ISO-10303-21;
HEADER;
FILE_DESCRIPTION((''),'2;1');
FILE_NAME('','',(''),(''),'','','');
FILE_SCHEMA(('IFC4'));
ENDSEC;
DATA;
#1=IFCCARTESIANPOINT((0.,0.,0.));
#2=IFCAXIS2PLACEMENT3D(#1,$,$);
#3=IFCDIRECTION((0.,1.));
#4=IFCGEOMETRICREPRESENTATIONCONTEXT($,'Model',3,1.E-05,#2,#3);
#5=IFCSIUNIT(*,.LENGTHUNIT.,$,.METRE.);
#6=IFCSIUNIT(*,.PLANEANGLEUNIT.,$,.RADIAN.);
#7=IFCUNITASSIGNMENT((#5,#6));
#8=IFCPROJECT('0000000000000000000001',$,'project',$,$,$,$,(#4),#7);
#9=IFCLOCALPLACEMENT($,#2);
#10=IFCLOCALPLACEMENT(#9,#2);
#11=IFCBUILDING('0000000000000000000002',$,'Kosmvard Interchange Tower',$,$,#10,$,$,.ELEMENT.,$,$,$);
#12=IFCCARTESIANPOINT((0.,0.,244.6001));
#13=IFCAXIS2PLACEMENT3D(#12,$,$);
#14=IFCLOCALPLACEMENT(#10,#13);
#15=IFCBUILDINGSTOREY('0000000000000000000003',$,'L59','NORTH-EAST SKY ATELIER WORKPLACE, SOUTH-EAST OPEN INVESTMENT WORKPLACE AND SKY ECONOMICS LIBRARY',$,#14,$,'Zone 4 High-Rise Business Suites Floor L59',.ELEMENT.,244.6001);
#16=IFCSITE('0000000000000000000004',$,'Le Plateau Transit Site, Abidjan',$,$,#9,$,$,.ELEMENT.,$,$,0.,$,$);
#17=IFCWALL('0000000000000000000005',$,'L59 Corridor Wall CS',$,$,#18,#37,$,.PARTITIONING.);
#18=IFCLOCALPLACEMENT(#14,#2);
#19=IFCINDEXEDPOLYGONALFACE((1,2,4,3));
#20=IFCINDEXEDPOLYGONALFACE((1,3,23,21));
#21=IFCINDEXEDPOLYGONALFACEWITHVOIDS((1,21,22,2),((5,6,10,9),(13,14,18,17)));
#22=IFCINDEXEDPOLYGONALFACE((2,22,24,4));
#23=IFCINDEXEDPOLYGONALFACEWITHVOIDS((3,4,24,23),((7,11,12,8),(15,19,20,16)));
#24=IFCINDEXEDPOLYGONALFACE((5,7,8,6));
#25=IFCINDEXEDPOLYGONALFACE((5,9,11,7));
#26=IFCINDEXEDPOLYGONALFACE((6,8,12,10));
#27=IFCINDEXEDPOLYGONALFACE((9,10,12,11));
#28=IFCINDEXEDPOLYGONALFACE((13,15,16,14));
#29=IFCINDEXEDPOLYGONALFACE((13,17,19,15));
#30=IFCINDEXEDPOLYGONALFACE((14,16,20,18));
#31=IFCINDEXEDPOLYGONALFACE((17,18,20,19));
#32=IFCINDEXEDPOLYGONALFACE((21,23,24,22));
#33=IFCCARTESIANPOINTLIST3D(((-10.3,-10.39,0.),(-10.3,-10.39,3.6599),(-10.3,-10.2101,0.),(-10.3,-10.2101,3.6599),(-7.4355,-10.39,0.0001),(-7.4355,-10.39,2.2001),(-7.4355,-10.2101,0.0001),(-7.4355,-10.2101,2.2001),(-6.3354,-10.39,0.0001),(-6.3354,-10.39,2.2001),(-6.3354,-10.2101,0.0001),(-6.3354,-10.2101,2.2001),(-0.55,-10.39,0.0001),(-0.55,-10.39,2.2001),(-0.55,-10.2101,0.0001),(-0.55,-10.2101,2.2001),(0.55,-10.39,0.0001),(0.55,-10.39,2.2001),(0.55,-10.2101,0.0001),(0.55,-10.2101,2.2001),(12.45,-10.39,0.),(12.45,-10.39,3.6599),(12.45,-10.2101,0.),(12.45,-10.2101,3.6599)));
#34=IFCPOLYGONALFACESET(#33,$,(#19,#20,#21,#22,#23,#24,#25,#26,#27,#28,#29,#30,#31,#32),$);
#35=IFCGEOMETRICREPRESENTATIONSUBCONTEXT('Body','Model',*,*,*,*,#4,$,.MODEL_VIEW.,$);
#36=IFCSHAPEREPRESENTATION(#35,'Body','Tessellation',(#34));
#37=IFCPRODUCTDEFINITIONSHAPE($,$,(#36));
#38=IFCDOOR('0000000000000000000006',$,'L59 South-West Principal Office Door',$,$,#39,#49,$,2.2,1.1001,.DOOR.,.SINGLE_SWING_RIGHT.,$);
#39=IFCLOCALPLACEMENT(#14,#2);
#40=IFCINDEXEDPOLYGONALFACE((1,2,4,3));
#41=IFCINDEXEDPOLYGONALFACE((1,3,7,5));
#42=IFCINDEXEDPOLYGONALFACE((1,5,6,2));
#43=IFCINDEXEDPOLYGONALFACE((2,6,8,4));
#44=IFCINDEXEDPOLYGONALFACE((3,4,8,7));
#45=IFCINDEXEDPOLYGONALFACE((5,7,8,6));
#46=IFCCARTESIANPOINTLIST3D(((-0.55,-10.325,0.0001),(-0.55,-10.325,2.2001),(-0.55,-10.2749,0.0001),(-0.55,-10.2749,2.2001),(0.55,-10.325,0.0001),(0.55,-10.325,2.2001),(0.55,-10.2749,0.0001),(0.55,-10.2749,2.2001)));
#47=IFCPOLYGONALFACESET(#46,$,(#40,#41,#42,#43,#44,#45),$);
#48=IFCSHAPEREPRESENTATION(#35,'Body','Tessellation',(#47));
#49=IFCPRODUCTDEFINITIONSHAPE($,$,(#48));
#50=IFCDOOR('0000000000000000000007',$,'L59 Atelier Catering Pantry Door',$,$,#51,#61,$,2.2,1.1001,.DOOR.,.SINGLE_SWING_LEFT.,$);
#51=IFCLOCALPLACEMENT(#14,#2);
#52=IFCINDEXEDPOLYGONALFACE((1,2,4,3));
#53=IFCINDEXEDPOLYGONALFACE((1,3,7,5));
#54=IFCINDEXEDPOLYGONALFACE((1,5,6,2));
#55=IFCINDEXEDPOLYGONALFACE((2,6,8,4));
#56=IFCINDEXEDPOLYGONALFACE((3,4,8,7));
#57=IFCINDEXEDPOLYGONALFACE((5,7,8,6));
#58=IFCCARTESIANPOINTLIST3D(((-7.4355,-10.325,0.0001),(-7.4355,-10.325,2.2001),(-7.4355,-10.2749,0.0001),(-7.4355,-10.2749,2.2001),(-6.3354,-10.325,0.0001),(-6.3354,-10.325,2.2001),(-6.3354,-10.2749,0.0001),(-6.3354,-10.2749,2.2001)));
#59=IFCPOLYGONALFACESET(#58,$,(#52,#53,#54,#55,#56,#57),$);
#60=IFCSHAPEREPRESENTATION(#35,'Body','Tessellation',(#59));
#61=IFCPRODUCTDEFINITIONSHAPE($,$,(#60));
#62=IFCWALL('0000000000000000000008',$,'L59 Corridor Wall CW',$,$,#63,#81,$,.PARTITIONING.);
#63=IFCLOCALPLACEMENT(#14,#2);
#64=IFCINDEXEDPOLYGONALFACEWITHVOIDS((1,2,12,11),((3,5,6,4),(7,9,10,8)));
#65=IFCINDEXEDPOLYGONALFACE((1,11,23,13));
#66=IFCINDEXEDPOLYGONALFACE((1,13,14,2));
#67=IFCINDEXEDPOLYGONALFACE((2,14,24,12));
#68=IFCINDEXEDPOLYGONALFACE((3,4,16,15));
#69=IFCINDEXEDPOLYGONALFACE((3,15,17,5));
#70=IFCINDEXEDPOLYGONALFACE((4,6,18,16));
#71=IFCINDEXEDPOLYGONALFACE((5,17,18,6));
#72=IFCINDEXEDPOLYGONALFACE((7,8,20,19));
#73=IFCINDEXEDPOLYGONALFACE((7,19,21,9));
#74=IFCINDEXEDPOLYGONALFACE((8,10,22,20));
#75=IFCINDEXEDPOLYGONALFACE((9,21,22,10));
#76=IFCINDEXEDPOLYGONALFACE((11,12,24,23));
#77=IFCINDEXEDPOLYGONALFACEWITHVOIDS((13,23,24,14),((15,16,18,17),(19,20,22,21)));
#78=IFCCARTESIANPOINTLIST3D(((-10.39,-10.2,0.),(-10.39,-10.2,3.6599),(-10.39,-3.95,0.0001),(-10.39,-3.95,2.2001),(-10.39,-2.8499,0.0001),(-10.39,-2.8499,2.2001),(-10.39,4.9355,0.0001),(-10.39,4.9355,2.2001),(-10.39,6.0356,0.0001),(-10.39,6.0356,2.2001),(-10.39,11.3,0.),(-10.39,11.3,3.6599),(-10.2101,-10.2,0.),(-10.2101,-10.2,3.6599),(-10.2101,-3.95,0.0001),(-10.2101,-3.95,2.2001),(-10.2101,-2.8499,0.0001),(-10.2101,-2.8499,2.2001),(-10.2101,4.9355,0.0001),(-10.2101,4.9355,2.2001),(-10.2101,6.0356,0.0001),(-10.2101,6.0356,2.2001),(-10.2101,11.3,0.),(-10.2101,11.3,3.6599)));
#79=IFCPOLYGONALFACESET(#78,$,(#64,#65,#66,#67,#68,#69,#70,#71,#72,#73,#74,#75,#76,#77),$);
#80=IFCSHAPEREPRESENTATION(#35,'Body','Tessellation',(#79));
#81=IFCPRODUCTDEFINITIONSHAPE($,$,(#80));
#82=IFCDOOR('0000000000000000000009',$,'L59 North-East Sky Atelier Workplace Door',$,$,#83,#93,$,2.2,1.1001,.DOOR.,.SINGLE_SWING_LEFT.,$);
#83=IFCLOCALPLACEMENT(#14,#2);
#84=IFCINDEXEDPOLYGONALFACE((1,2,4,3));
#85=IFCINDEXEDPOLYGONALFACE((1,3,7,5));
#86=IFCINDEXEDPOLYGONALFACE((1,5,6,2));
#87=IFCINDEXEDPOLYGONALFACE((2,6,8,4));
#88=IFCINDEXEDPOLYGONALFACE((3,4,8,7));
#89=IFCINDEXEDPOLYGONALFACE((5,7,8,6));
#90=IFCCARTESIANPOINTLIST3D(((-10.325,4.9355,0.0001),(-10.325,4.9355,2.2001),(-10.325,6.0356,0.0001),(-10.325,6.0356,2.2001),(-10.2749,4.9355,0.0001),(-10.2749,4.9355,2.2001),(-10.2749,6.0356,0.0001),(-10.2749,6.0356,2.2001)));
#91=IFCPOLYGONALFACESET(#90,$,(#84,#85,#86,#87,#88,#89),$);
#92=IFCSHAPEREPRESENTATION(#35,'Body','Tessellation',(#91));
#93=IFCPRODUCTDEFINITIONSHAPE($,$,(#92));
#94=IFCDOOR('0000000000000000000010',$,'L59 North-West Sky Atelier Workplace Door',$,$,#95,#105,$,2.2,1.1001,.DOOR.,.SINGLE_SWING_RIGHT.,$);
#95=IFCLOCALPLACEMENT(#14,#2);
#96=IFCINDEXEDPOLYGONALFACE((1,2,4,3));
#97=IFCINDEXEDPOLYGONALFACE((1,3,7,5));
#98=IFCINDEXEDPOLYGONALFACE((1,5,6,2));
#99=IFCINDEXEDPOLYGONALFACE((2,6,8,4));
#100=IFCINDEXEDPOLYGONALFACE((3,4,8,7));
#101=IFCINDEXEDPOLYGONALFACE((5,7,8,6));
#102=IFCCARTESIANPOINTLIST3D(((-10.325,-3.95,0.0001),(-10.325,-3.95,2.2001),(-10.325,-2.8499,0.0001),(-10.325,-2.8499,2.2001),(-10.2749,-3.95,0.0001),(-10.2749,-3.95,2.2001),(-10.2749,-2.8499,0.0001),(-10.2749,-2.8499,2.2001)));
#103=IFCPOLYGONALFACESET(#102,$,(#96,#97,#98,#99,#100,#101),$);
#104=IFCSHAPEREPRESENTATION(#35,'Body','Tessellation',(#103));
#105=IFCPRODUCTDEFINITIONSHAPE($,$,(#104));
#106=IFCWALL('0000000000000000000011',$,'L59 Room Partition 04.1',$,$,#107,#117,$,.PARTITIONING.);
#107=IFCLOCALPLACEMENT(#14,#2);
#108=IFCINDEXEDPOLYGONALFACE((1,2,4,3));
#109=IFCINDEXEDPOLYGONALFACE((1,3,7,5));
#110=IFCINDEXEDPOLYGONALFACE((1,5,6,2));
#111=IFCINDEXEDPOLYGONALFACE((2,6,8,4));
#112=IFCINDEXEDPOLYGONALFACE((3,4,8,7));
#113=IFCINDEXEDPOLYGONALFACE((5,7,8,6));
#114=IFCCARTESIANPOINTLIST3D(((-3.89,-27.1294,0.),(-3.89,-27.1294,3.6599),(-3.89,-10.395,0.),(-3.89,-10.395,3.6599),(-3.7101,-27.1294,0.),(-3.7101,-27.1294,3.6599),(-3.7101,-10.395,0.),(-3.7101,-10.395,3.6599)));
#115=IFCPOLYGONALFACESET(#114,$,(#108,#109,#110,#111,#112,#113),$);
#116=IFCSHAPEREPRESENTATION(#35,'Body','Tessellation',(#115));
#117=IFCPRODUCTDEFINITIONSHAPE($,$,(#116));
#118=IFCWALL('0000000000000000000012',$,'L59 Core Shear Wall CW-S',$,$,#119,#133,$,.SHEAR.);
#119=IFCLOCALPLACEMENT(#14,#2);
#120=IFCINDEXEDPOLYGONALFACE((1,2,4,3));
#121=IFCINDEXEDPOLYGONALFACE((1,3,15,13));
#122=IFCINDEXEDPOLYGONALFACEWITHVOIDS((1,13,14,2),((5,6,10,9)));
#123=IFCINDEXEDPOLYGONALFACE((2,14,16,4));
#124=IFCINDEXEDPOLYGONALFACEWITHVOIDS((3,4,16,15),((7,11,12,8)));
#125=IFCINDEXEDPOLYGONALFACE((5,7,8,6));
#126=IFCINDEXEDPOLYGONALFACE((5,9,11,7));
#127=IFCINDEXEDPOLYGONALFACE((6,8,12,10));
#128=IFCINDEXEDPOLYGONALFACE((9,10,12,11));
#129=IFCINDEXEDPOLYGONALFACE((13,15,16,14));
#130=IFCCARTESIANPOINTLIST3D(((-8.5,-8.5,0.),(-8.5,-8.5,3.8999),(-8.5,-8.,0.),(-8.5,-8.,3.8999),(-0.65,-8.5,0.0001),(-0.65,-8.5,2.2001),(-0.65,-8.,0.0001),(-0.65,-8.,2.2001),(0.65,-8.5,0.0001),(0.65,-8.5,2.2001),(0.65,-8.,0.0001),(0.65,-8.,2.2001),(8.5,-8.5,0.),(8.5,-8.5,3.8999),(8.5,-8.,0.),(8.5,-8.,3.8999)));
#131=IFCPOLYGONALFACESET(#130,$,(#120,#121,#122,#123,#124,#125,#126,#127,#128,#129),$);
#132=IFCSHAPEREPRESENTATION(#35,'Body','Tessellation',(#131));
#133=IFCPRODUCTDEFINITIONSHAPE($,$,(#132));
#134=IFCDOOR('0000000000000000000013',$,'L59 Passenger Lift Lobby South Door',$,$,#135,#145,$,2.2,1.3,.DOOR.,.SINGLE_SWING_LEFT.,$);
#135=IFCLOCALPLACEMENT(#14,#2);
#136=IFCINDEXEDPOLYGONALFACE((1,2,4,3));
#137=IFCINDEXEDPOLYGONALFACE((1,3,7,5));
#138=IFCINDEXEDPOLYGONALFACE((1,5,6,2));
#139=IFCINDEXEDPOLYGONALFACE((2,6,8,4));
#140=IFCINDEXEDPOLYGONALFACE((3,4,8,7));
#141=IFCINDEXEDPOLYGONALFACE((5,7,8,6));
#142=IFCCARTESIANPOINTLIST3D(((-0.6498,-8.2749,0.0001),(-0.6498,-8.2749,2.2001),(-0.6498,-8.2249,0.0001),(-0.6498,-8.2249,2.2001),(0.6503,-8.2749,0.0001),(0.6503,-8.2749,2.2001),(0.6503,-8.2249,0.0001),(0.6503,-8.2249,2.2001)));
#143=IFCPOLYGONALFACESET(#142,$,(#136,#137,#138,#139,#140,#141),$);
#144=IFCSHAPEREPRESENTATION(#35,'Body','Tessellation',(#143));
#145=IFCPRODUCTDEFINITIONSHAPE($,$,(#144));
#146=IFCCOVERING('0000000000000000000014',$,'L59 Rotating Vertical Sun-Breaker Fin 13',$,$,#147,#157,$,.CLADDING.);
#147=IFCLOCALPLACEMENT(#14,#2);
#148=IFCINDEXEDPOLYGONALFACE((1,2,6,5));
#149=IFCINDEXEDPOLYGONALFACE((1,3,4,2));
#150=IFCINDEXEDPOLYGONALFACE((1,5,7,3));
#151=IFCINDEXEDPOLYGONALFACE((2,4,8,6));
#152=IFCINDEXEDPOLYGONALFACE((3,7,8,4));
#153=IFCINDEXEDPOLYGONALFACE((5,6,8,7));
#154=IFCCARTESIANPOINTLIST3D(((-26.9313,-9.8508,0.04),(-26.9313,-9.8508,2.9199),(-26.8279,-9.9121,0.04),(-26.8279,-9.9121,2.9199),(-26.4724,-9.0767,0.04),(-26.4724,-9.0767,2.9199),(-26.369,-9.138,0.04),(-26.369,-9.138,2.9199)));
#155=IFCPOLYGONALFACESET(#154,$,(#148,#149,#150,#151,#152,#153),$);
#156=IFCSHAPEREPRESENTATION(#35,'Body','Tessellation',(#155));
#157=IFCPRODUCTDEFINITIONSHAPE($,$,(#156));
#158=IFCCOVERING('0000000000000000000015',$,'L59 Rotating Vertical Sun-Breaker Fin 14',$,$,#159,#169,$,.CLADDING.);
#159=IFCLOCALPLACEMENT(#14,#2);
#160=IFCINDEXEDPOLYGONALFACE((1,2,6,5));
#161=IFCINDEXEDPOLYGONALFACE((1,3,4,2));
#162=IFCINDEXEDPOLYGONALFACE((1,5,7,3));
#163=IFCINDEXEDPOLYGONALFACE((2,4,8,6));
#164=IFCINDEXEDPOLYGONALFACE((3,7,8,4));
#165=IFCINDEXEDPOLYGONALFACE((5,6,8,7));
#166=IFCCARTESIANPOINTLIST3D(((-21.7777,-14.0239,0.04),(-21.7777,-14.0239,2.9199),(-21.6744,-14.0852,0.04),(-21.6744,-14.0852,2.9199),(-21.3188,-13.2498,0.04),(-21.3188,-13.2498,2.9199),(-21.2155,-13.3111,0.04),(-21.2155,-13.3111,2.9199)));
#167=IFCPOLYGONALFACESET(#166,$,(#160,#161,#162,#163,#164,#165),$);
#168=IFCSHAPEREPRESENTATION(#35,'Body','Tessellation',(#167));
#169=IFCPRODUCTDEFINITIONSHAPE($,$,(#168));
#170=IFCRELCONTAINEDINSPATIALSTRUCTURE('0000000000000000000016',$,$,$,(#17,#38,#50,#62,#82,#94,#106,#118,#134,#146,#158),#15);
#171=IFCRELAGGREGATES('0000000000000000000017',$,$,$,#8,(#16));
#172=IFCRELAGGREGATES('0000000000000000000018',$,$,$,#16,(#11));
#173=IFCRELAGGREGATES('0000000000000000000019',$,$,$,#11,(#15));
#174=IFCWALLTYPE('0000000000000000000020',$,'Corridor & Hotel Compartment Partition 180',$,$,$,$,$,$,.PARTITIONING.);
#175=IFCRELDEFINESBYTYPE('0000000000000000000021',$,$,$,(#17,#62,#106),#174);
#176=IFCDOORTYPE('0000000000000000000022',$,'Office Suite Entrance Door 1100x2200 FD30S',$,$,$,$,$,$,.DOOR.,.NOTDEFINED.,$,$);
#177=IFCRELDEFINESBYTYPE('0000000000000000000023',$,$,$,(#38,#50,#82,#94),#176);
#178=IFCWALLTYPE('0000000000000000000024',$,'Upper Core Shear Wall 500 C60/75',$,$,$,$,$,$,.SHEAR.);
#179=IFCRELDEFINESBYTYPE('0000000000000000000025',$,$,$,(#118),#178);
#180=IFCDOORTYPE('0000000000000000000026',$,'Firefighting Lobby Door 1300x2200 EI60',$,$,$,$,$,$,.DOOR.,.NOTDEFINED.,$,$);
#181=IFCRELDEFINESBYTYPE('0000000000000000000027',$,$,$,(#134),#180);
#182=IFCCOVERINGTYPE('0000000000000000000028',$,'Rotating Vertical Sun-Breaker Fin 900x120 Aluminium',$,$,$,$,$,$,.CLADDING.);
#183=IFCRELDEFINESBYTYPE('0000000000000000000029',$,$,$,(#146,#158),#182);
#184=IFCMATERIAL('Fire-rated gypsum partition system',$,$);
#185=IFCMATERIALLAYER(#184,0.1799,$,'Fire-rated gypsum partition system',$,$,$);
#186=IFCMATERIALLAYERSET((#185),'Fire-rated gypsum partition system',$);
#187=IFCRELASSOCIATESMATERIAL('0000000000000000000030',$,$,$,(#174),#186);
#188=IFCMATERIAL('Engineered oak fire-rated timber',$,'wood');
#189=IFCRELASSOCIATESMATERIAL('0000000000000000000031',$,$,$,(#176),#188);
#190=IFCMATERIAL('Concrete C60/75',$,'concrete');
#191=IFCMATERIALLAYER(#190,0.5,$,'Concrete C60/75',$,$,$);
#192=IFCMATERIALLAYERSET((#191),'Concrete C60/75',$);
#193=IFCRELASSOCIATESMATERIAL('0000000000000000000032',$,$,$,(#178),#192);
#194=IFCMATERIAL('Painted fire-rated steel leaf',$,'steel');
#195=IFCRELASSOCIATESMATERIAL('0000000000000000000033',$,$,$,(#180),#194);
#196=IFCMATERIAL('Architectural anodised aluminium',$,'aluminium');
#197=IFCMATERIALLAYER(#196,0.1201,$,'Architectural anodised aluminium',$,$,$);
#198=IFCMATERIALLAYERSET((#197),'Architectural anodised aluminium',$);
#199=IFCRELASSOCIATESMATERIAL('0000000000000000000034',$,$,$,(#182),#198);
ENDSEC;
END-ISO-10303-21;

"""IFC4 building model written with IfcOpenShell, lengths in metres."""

from ifc_helpers import new_model, si_unit, direction, frame, frame_2d, origin, origin_2d, place, context, subcontext, project, spatial, rectangle, extrude, source, transform, mapped, material, layer, layer_set, type_object, element, fill, save


model = new_model("IFC4")

# Units and contexts
model_context = context("Model", 3, precision=1e-05, world=origin(), true_north=direction((0.0, 1.0)))
body_context = subcontext(model_context, "Body", "Model", "MODEL_VIEW")
ifc_project = project(units=[si_unit("LENGTHUNIT", "METRE"), si_unit("PLANEANGLEUNIT", "RADIAN")], contexts=[model_context])

# Site, building, storey
site_placement = place(None, origin())
site = spatial("IfcSite", under=ifc_project, at=site_placement, Name="Le Plateau Transit Site, Abidjan", CompositionType="ELEMENT", RefElevation=0.0)
building_placement = place(site_placement, origin())
building = spatial("IfcBuilding", under=site, at=building_placement, Name="Kosmvard Interchange Tower", CompositionType="ELEMENT")
storey_placement = place(building_placement, frame((0.0, 0.0, 244.6001)))
storey = spatial("IfcBuildingStorey", under=building, at=storey_placement, Name="L59", Description="NORTH-EAST SKY ATELIER WORKPLACE, SOUTH-EAST OPEN INVESTMENT WORKPLACE AND SKY ECONOMICS LIBRARY", LongName="Zone 4 High-Rise Business Suites Floor L59", CompositionType="ELEMENT", Elevation=244.6001)

# Shared definitions
ifc_material_1 = material(Name="Concrete C60/75", Category="concrete")

# Walls, openings, doors
ifc_material_2 = material(Name="Fire-rated gypsum partition system")
ifc_layer_1 = layer(ifc_material_2, 0.1799, Name="Fire-rated gypsum partition system")
ifc_layer_set_1 = layer_set([ifc_layer_1], Name="Fire-rated gypsum partition system")
wall_type_1 = type_object("IfcWallType", Name="Corridor & Hotel Compartment Partition 180", PredefinedType="PARTITIONING", material=ifc_layer_set_1)
wall_1_placement = place(storey_placement, frame((-10.3, -10.3, 0.0), z_axis=(0.0, 0.0, 1.0), x_axis=(1.0, 0.0, 0.0)))
wall_1 = element("IfcWall", 1, at=wall_1_placement, inside=storey, type_object=wall_type_1, Name="L59 Corridor Wall CS", PredefinedType="PARTITIONING", context=body_context, shape_type="SweptSolid", body=[
    extrude(rectangle(XDim=22.75, YDim=0.1799, at=frame_2d((11.375, 0.0))), origin(), (0.0, 0.0, 1.0), 3.6599),
])
opening_1_placement = place(wall_1_placement, frame((9.75, 0.0, 0.0)))
opening_1 = element("IfcOpeningElement", 2, at=opening_1_placement, cuts=wall_1, PredefinedType="OPENING", context=body_context, shape_type="SweptSolid", body=[
    extrude(rectangle(XDim=1.1001, YDim=2.2, at=frame_2d((0.55, 1.1001))), frame((0.0, 0.1001, 0.0), z_axis=(0.0, -1.0, 0.0), x_axis=(1.0, 0.0, 0.0)), (0.0, 0.0, 1.0), 0.2),
])
opening_2_placement = place(wall_1_placement, frame((2.8645, 0.0, 0.0)))
opening_2 = element("IfcOpeningElement", 3, at=opening_2_placement, cuts=wall_1, PredefinedType="OPENING", context=body_context, shape_type="SweptSolid", body=[
    extrude(rectangle(XDim=1.1001, YDim=2.2, at=frame_2d((0.55, 1.1001))), frame((0.0, 0.1001, 0.0), z_axis=(0.0, -1.0, 0.0), x_axis=(1.0, 0.0, 0.0)), (0.0, 0.0, 1.0), 0.2),
])
ifc_material_3 = material(Name="Engineered oak fire-rated timber", Category="wood")
door_type_1 = type_object("IfcDoorType", Name="Office Suite Entrance Door 1100x2200 FD30S", OperationType="NOTDEFINED", PredefinedType="DOOR", material=ifc_material_3)
shared_shape_1 = source(origin(), body_context, "Body", "SweptSolid", [
    extrude(rectangle(XDim=1.1001, YDim=2.2, at=frame_2d((0.55, 1.1001))), frame((0.0, 0.0249, 0.0), z_axis=(0.0, -1.0, 0.0), x_axis=(1.0, 0.0, 0.0)), (0.0, 0.0, 1.0), 0.05),
])
door_1_placement = place(opening_1_placement, frame((1.1001, 0.0, 0.0), z_axis=(0.0, 0.0, 1.0), x_axis=(-1.0, 0.0, 0.0)))
door_1 = element("IfcDoor", 4, at=door_1_placement, inside=storey, type_object=door_type_1, Name="L59 South-West Principal Office Door", OperationType="SINGLE_SWING_RIGHT", OverallHeight=2.2, OverallWidth=1.1001, PredefinedType="DOOR", context=body_context, shape_type="MappedRepresentation", body=[
    mapped(shared_shape_1, transform((0.0, 0.0, 0.0), scale=1.0)),
])
fill(opening_1, door_1)
door_2_placement = place(opening_2_placement, frame((1.1001, 0.0, 0.0), z_axis=(0.0, 0.0, 1.0), x_axis=(-1.0, 0.0, 0.0)))
door_2 = element("IfcDoor", 5, at=door_2_placement, inside=storey, type_object=door_type_1, Name="L59 Atelier Catering Pantry Door", OperationType="SINGLE_SWING_LEFT", OverallHeight=2.2, OverallWidth=1.1001, PredefinedType="DOOR", context=body_context, shape_type="MappedRepresentation", body=[
    mapped(shared_shape_1, transform((0.0, 0.0, 0.0), scale=1.0)),
])
fill(opening_2, door_2)
wall_2_placement = place(storey_placement, frame((-10.3, -10.2, 0.0), z_axis=(0.0, 0.0, 1.0), x_axis=(0.0, 1.0, 0.0)))
wall_2 = element("IfcWall", 6, at=wall_2_placement, inside=storey, type_object=wall_type_1, Name="L59 Corridor Wall CW", PredefinedType="PARTITIONING", context=body_context, shape_type="SweptSolid", body=[
    extrude(rectangle(XDim=21.5, YDim=0.1799, at=frame_2d((10.75, 0.0))), origin(), (0.0, 0.0, 1.0), 3.6599),
])
opening_3_placement = place(wall_2_placement, frame((15.1355, 0.0, 0.0)))
opening_3 = element("IfcOpeningElement", 7, at=opening_3_placement, cuts=wall_2, PredefinedType="OPENING", context=body_context, shape_type="SweptSolid", body=[
    extrude(rectangle(XDim=1.1001, YDim=2.2, at=frame_2d((0.55, 1.1001))), frame((0.0, 0.1001, 0.0), z_axis=(0.0, -1.0, 0.0), x_axis=(1.0, 0.0, 0.0)), (0.0, 0.0, 1.0), 0.2),
])
opening_4_placement = place(wall_2_placement, frame((6.25, 0.0, 0.0)))
opening_4 = element("IfcOpeningElement", 8, at=opening_4_placement, cuts=wall_2, PredefinedType="OPENING", context=body_context, shape_type="SweptSolid", body=[
    extrude(rectangle(XDim=1.1001, YDim=2.2, at=frame_2d((0.55, 1.1001))), frame((0.0, 0.1001, 0.0), z_axis=(0.0, -1.0, 0.0), x_axis=(1.0, 0.0, 0.0)), (0.0, 0.0, 1.0), 0.2),
])
door_3_placement = place(opening_3_placement, origin())
door_3 = element("IfcDoor", 9, at=door_3_placement, inside=storey, type_object=door_type_1, Name="L59 North-East Sky Atelier Workplace Door", OperationType="SINGLE_SWING_LEFT", OverallHeight=2.2, OverallWidth=1.1001, PredefinedType="DOOR", context=body_context, shape_type="MappedRepresentation", body=[
    mapped(shared_shape_1, transform((0.0, 0.0, 0.0), scale=1.0)),
])
fill(opening_3, door_3)
door_4_placement = place(opening_4_placement, origin())
door_4 = element("IfcDoor", 10, at=door_4_placement, inside=storey, type_object=door_type_1, Name="L59 North-West Sky Atelier Workplace Door", OperationType="SINGLE_SWING_RIGHT", OverallHeight=2.2, OverallWidth=1.1001, PredefinedType="DOOR", context=body_context, shape_type="MappedRepresentation", body=[
    mapped(shared_shape_1, transform((0.0, 0.0, 0.0), scale=1.0)),
])
fill(opening_4, door_4)

# Wall
wall_3_placement = place(storey_placement, frame((-3.8, -10.395, 0.0), z_axis=(0.0, 0.0, 1.0), x_axis=(0.0, -1.0, 0.0)))
element("IfcWall", 11, at=wall_3_placement, inside=storey, type_object=wall_type_1, Name="L59 Room Partition 04.1", PredefinedType="PARTITIONING", context=body_context, shape_type="SweptSolid", body=[
    extrude(rectangle(XDim=16.7344, YDim=0.1799, at=frame_2d((8.3672, 0.0))), origin(), (0.0, 0.0, 1.0), 3.6599),
])

# Wall, opening, door
ifc_layer_2 = layer(ifc_material_1, 0.5, Name="Concrete C60/75")
ifc_layer_set_2 = layer_set([ifc_layer_2], Name="Concrete C60/75")
wall_type_2 = type_object("IfcWallType", Name="Upper Core Shear Wall 500 C60/75", PredefinedType="SHEAR", material=ifc_layer_set_2)
wall_4_placement = place(storey_placement, frame((-8.5, -8.25, 0.0), z_axis=(0.0, 0.0, 1.0), x_axis=(1.0, 0.0, 0.0)))
wall_4 = element("IfcWall", 12, at=wall_4_placement, inside=storey, type_object=wall_type_2, Name="L59 Core Shear Wall CW-S", PredefinedType="SHEAR", context=body_context, shape_type="SweptSolid", body=[
    extrude(rectangle(XDim=17.0, YDim=0.5, at=frame_2d((8.5, 0.0))), origin(), (0.0, 0.0, 1.0), 3.8999),
])
opening_5_placement = place(wall_4_placement, frame((7.8501, 0.0, 0.0)))
opening_5 = element("IfcOpeningElement", 13, at=opening_5_placement, cuts=wall_4, PredefinedType="OPENING", context=body_context, shape_type="SweptSolid", body=[
    extrude(rectangle(XDim=1.3, YDim=2.2, at=frame_2d((0.6499, 1.1001))), frame((0.0, 0.26, 0.0), z_axis=(0.0, -1.0, 0.0), x_axis=(1.0, 0.0, 0.0)), (0.0, 0.0, 1.0), 0.52),
])
ifc_material_4 = material(Name="Painted fire-rated steel leaf", Category="steel")
door_type_2 = type_object("IfcDoorType", Name="Firefighting Lobby Door 1300x2200 EI60", OperationType="NOTDEFINED", PredefinedType="DOOR", material=ifc_material_4)
shared_shape_2 = source(origin(), body_context, "Body", "SweptSolid", [
    extrude(rectangle(XDim=1.3, YDim=2.2, at=frame_2d((0.6499, 1.1001))), frame((0.0, 0.0249, 0.0), z_axis=(0.0, -1.0, 0.0), x_axis=(1.0, 0.0, 0.0)), (0.0, 0.0, 1.0), 0.05),
])
door_5_placement = place(opening_5_placement, frame((1.3, 0.0, 0.0), z_axis=(0.0, 0.0, 1.0), x_axis=(-1.0, 0.0, 0.0)))
door_5 = element("IfcDoor", 14, at=door_5_placement, inside=storey, type_object=door_type_2, Name="L59 Passenger Lift Lobby South Door", OperationType="SINGLE_SWING_LEFT", OverallHeight=2.2, OverallWidth=1.3, PredefinedType="DOOR", context=body_context, shape_type="MappedRepresentation", body=[
    mapped(shared_shape_2, transform((0.0, 0.0, 0.0), scale=1.0)),
])
fill(opening_5, door_5)

# Coverings
ifc_material_5 = material(Name="Architectural anodised aluminium", Category="aluminium")
ifc_layer_3 = layer(ifc_material_5, 0.1201, Name="Architectural anodised aluminium")
ifc_layer_set_3 = layer_set([ifc_layer_3], Name="Architectural anodised aluminium")
covering_type = type_object("IfcCoveringType", Name="Rotating Vertical Sun-Breaker Fin 900x120 Aluminium", PredefinedType="CLADDING", material=ifc_layer_set_3)
shared_shape_3 = source(origin(), body_context, "Body", "SweptSolid", [
    extrude(rectangle(XDim=0.8999, YDim=0.1201, at=origin_2d()), origin(), (0.0, 0.0, 1.0), 2.8799),
])
for number, where, z_axis, x_axis, name in (
    (15, (-26.6501, -9.4944, 0.04), (0.0, 0.0, 1.0), (-0.509943, -0.860208, 0.0), "L59 Rotating Vertical Sun-Breaker Fin 13"),
    (16, (-21.4966, -13.6675, 0.04), (0.0, 0.0, 1.0), (-0.509943, -0.860208, 0.0), "L59 Rotating Vertical Sun-Breaker Fin 14"),
):
    element("IfcCovering", number, at=place(storey_placement, frame(where, z_axis=z_axis, x_axis=x_axis)), inside=storey, type_object=covering_type, Name=name, PredefinedType="CLADDING", context=body_context, shape_type="MappedRepresentation", body=[
        mapped(shared_shape_3, transform((0.0, 0.0, 0.0), scale=1.0)),
    ])

save(model, "model.ifc")
